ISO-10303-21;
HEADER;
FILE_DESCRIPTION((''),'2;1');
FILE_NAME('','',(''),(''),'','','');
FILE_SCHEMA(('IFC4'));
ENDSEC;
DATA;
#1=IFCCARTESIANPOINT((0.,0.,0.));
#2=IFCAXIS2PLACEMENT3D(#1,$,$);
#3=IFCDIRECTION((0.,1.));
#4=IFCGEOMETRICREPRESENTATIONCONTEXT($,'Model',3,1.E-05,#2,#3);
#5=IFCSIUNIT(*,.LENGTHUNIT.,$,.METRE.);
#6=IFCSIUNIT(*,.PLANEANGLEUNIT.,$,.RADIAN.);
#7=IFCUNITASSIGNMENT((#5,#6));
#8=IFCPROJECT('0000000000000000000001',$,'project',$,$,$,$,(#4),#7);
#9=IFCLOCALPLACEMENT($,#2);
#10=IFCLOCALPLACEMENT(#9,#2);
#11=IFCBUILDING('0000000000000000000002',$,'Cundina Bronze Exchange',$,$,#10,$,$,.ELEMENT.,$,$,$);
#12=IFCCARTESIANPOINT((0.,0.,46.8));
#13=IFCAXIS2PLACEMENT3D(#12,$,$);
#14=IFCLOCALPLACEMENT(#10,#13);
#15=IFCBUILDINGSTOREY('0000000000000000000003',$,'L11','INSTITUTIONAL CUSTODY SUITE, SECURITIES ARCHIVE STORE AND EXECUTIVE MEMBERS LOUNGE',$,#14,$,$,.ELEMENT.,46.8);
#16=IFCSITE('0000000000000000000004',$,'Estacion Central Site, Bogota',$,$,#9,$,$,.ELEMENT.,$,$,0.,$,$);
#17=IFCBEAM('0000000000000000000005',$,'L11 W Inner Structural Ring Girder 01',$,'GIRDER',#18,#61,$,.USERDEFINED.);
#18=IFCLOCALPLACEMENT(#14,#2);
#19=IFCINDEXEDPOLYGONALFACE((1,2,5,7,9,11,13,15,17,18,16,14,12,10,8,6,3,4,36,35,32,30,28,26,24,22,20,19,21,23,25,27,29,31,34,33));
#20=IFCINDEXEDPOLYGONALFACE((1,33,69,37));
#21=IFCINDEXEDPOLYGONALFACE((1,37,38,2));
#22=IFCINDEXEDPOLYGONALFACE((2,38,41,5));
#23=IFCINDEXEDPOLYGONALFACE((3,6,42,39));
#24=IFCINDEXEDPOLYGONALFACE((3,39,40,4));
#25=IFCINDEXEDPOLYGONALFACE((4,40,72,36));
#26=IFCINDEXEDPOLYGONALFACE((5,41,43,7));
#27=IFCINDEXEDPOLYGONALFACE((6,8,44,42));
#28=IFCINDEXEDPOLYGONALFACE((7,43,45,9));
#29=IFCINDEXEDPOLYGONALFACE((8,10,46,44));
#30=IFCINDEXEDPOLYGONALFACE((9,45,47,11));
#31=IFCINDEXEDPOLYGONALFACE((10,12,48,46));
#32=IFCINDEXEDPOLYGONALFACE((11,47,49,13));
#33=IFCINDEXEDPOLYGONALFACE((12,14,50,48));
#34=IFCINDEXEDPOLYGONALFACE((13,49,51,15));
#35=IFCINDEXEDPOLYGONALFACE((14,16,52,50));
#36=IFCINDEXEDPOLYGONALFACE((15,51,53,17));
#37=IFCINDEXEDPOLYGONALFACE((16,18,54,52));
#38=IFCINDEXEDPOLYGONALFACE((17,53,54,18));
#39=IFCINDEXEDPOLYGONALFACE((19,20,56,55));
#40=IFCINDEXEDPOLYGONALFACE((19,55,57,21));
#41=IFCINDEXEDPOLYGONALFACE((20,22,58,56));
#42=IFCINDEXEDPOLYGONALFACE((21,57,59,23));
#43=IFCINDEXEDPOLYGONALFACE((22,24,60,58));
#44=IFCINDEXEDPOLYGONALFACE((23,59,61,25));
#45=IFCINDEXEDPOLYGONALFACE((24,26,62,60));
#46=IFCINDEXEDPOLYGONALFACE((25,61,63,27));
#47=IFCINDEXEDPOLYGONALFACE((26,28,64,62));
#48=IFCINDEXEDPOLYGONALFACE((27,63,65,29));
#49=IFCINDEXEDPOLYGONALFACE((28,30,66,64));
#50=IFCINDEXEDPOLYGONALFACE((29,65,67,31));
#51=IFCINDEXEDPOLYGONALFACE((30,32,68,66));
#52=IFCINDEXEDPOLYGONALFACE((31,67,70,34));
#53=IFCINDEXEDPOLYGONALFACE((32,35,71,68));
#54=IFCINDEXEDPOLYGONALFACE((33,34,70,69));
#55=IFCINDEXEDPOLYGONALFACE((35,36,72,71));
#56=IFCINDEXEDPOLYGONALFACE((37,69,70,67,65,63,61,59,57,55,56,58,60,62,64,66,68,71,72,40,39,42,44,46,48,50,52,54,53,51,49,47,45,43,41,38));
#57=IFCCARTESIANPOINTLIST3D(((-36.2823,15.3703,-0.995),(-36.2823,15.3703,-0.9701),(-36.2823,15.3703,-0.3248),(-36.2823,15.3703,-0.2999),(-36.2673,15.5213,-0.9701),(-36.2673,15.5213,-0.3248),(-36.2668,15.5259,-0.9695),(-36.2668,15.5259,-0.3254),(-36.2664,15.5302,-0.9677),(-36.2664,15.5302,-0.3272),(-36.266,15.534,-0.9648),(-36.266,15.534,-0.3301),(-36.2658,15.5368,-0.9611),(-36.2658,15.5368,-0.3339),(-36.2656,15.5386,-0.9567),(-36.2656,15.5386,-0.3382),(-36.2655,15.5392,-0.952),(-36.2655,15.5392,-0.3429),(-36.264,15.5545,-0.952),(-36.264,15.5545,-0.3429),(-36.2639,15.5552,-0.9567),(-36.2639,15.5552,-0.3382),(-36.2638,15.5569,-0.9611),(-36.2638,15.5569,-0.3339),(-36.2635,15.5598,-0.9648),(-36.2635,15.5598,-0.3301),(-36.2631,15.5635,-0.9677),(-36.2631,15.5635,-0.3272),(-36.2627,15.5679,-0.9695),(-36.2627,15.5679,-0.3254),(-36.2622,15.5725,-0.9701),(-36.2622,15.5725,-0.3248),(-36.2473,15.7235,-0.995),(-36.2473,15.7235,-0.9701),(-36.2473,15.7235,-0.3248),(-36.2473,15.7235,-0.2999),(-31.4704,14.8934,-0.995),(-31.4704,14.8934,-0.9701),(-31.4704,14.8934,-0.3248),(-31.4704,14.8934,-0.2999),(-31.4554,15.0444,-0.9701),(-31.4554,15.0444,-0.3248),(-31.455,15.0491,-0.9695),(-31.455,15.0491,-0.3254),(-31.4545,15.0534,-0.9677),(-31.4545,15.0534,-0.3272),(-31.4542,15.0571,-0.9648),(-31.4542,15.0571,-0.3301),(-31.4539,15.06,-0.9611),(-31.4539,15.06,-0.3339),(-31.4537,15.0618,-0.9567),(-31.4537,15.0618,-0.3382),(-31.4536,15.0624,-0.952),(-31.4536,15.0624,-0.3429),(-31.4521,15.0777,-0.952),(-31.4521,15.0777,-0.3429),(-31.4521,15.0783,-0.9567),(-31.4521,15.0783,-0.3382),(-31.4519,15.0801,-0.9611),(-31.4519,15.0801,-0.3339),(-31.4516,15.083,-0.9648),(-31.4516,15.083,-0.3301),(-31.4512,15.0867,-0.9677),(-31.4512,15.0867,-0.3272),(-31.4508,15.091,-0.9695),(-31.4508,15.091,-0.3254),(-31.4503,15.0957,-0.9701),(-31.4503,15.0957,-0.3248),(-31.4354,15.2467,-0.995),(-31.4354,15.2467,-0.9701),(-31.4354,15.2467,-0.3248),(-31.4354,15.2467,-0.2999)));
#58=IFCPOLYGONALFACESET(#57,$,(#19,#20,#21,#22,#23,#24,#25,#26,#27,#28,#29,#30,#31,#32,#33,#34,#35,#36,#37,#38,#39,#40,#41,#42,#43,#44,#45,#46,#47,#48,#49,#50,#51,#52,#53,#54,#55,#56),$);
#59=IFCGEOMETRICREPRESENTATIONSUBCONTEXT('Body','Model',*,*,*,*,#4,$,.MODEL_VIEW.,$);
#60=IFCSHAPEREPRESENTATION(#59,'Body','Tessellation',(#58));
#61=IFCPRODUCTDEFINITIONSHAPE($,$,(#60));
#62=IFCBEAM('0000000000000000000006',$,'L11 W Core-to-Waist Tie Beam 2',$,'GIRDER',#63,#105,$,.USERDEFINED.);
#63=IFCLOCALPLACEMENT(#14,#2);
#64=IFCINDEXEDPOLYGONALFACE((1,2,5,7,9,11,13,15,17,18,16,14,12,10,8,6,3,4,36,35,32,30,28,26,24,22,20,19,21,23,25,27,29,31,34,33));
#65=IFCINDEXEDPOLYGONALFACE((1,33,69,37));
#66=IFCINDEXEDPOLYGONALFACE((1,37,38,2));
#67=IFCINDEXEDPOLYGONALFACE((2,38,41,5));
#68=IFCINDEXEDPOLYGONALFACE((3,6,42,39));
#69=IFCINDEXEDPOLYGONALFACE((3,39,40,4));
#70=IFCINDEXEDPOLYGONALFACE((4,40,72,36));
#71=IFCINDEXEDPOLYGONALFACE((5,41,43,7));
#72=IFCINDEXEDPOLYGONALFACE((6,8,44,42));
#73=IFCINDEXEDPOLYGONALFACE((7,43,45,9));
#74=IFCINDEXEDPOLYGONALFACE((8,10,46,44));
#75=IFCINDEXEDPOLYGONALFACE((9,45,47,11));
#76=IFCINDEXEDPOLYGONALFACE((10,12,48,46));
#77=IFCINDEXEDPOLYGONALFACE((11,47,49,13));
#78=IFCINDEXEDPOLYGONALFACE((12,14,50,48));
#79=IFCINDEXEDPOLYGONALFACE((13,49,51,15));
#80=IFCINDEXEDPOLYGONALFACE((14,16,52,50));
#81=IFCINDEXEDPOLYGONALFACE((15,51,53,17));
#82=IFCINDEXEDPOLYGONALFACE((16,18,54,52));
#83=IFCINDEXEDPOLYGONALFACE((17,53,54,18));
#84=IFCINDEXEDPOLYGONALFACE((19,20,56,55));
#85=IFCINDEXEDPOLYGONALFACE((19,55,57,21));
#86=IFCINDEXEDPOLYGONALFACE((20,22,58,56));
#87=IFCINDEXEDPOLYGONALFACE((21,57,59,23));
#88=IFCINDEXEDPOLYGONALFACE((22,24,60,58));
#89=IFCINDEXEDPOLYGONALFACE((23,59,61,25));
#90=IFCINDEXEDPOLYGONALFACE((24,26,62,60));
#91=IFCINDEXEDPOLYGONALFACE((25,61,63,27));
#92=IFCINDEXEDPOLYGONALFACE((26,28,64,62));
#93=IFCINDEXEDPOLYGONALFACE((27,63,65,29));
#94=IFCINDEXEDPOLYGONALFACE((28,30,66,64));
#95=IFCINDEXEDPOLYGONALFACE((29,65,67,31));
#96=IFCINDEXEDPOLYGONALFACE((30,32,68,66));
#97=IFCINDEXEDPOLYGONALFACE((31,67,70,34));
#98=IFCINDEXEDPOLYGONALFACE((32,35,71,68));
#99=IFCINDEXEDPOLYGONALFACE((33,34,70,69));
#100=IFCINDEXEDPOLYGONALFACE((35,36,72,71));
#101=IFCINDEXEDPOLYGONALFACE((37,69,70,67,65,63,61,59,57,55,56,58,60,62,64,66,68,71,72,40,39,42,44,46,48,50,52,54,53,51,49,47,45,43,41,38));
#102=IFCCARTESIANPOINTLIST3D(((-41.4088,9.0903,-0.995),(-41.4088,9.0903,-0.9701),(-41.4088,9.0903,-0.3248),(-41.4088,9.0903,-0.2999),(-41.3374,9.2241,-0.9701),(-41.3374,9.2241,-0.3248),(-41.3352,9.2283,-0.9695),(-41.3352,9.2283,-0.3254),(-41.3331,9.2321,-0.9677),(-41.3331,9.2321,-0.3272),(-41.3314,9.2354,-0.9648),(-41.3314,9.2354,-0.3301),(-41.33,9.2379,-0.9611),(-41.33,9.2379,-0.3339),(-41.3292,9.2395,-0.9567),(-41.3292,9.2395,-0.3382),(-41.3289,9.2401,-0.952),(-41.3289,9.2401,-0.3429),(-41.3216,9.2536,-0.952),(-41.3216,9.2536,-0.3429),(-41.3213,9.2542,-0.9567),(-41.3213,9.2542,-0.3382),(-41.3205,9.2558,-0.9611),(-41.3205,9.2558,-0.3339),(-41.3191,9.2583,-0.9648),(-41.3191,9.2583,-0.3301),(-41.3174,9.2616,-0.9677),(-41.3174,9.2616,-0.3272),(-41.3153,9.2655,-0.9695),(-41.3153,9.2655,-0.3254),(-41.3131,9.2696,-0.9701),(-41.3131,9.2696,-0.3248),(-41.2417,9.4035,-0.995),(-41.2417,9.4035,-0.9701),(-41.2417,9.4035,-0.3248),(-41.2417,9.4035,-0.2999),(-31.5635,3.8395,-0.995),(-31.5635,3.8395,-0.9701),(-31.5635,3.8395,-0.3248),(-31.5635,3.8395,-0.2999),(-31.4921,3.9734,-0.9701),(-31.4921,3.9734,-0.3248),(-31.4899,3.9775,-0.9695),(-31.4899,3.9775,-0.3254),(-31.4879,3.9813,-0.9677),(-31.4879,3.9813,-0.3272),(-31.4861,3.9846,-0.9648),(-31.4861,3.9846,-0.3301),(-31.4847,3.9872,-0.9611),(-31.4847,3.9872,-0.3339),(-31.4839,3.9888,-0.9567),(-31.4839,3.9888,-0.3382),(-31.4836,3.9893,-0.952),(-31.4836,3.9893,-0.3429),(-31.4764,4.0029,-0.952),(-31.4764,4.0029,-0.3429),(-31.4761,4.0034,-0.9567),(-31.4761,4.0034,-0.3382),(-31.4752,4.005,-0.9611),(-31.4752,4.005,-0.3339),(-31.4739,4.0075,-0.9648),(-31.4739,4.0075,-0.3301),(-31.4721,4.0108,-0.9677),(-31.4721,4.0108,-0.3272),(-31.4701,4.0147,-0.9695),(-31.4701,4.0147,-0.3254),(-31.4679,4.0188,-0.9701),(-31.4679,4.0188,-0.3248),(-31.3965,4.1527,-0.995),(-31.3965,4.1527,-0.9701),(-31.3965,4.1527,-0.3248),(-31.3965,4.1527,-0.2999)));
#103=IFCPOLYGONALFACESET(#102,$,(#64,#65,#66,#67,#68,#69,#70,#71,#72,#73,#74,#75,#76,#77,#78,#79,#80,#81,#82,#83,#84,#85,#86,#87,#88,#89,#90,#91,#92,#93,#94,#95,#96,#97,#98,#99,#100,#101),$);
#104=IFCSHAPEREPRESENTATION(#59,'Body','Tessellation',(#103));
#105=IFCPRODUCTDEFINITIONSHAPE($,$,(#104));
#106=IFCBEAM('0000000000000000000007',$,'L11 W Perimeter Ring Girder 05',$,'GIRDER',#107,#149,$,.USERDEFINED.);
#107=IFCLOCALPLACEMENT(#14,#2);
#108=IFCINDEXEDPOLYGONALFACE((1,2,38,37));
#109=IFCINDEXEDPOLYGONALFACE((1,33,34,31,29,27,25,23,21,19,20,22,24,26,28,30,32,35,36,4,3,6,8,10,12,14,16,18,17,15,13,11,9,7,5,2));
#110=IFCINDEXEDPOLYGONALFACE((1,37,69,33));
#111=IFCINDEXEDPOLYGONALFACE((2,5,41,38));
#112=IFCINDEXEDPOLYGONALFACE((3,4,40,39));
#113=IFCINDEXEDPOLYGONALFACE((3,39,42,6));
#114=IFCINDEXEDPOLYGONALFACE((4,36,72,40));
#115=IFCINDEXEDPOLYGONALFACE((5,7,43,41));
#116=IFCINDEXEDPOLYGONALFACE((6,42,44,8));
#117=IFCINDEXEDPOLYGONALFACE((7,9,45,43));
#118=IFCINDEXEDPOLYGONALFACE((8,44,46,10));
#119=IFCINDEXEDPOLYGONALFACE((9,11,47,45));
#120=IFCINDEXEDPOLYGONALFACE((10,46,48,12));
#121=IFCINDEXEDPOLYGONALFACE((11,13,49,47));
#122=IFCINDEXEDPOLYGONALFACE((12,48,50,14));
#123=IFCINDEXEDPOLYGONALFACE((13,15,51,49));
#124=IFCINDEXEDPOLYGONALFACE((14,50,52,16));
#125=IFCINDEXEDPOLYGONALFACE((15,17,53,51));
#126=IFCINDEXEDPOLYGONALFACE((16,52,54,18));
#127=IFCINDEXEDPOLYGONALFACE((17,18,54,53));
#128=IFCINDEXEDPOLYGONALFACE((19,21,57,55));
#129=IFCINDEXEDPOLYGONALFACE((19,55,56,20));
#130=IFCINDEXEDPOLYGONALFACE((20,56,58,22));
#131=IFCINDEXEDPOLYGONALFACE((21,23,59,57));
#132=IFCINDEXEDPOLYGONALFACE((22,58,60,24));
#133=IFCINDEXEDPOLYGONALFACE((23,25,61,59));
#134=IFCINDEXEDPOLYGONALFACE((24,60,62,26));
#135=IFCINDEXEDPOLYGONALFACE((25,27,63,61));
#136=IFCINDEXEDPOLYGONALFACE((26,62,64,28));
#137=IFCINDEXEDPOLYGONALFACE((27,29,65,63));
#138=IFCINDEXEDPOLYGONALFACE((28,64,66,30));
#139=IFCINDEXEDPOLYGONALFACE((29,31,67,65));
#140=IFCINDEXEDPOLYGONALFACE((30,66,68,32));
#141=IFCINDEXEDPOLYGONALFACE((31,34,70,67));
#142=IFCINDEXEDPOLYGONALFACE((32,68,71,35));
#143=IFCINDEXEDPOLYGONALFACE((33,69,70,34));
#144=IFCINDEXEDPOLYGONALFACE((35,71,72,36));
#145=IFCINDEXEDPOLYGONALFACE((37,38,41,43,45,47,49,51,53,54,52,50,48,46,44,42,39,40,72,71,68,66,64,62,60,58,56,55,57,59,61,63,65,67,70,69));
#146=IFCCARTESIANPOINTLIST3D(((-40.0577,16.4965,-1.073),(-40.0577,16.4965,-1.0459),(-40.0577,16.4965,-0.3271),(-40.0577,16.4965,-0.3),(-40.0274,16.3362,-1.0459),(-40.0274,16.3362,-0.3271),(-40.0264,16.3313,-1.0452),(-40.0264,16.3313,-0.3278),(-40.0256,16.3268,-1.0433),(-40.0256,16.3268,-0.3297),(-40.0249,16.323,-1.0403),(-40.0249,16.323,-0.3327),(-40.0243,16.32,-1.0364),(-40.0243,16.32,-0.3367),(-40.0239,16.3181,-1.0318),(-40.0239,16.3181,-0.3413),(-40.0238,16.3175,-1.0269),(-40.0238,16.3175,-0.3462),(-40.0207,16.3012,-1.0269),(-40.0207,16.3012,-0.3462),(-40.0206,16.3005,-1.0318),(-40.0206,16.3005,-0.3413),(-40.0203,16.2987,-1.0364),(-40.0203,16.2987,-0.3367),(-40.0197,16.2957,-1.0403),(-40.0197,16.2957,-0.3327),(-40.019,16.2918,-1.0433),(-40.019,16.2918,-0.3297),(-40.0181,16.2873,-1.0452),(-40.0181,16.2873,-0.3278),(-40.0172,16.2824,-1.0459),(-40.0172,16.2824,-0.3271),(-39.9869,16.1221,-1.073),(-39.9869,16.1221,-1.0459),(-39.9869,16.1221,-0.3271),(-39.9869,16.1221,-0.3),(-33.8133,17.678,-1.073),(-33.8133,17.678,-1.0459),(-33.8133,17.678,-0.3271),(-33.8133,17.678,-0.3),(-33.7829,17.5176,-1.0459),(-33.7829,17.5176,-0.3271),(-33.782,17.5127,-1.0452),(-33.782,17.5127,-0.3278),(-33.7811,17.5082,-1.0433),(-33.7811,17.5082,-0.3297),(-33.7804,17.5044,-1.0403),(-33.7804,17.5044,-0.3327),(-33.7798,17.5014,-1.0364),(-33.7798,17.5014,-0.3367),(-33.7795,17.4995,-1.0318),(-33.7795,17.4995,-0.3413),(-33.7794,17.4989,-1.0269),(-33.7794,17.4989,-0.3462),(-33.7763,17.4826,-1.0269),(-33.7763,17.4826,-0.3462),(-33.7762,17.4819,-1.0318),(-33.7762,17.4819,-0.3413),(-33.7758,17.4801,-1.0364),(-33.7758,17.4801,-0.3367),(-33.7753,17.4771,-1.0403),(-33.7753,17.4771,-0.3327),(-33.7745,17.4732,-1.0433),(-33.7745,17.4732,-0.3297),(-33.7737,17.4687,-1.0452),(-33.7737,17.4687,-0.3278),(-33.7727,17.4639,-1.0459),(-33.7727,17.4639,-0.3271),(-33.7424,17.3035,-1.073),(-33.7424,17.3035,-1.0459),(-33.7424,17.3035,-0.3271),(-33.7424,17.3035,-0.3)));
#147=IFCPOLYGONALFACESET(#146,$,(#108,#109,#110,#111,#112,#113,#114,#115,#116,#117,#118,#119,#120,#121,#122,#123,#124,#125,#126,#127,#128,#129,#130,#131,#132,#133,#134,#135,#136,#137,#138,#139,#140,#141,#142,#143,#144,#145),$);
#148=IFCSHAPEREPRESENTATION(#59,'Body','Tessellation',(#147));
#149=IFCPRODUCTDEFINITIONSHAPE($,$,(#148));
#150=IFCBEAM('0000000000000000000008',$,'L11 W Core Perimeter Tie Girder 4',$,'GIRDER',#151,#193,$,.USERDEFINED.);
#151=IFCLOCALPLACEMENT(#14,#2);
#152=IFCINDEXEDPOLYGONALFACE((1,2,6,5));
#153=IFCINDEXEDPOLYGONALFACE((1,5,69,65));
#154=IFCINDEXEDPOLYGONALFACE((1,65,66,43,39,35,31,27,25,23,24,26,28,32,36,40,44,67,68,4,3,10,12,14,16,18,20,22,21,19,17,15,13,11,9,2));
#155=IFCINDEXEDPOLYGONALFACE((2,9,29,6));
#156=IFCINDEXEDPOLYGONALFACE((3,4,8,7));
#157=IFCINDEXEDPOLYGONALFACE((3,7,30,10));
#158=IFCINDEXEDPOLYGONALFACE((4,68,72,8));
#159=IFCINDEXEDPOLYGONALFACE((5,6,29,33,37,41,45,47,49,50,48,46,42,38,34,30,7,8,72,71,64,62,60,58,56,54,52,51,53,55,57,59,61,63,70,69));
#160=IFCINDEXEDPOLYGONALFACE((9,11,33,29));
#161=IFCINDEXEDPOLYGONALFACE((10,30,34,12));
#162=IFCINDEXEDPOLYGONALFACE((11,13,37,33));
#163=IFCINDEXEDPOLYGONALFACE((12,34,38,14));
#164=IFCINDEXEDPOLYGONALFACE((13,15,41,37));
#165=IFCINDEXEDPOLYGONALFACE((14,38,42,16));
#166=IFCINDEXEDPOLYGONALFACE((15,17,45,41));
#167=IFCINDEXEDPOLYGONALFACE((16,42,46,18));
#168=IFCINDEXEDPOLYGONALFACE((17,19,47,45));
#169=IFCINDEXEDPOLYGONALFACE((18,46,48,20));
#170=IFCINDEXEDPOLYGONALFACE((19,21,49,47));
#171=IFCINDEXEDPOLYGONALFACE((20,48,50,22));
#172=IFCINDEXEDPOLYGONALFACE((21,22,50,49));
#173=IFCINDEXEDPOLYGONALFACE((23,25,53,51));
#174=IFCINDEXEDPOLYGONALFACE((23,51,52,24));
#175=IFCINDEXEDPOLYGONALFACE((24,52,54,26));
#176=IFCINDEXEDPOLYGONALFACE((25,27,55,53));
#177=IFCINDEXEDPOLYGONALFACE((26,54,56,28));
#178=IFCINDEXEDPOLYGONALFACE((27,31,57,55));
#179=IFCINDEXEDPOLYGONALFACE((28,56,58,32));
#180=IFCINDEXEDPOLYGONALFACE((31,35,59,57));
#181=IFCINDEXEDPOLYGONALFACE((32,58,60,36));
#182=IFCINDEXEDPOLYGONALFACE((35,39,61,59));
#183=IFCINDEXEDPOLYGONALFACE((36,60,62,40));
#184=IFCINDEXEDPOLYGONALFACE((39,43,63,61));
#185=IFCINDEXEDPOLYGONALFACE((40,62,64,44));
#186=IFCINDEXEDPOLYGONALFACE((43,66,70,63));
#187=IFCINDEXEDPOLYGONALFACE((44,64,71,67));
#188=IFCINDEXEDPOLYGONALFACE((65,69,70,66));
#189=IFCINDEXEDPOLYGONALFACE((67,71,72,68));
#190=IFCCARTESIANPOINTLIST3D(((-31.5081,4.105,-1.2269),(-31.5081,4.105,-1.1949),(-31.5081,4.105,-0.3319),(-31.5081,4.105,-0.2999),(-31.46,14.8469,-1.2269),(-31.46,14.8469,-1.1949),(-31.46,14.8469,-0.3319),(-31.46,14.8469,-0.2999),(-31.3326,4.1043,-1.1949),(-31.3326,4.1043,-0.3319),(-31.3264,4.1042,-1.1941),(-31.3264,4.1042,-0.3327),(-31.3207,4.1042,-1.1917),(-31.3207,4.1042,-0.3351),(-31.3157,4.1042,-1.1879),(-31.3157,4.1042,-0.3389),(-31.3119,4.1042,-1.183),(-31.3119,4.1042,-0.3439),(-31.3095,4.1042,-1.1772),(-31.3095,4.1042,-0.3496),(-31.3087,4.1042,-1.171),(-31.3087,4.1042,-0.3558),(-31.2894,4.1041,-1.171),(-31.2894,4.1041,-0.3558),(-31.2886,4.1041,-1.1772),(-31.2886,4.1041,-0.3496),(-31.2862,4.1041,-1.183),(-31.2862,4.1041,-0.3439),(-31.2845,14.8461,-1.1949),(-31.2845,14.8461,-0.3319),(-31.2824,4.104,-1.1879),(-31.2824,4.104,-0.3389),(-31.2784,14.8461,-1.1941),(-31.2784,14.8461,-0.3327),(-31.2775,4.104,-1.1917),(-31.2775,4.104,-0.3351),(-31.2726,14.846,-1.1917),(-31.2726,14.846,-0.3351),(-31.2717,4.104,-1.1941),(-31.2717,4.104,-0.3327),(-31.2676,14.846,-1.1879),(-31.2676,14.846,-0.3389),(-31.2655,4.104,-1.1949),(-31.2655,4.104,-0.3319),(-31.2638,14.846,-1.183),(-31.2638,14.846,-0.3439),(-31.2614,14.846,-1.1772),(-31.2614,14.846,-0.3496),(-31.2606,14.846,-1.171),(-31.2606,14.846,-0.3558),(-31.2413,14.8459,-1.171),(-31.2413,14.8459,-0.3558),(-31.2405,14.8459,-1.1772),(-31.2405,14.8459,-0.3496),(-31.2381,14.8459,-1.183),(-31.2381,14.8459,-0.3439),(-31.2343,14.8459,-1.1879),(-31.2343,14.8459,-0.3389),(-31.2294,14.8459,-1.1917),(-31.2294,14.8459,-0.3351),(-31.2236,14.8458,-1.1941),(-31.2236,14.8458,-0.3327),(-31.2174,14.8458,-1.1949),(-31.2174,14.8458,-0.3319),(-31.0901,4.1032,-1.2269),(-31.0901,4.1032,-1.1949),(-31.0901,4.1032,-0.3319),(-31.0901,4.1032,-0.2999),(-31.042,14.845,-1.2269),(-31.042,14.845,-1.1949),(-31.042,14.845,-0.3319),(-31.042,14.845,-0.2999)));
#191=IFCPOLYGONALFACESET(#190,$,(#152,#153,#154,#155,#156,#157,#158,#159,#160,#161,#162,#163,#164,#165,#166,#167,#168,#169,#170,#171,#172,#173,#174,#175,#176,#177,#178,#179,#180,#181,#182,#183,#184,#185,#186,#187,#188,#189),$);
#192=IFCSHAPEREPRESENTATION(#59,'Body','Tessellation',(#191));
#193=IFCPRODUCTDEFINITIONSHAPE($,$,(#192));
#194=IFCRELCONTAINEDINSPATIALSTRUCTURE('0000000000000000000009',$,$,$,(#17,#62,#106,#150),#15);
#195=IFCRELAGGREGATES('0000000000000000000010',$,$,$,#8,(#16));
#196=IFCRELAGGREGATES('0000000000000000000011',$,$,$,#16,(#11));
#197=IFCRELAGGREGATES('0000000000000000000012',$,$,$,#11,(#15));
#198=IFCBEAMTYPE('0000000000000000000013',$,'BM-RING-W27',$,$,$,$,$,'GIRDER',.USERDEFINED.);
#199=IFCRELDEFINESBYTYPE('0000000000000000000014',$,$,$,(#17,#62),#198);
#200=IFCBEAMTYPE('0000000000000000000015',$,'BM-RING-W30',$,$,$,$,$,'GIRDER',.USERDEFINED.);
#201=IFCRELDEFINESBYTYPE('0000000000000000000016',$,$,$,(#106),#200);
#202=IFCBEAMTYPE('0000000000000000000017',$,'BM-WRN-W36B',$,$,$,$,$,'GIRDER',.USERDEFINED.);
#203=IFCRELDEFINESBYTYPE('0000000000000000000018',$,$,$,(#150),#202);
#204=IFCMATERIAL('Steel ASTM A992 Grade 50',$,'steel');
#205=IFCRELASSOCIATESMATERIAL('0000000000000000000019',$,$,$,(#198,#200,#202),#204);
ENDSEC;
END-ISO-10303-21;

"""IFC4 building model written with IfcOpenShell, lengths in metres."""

from ifc_helpers import new_model, si_unit, direction, frame, origin, origin_2d, place, context, subcontext, project, spatial, i_section, extrude, material, material_profile, profile_set, type_object, element, save


model = new_model("IFC4")

# Units and contexts
model_context = context("Model", 3, precision=1e-05, world=origin(), true_north=direction((0.0, 1.0)))
body_context = subcontext(model_context, "Body", "Model", "MODEL_VIEW")
ifc_project = project(units=[si_unit("LENGTHUNIT", "METRE"), si_unit("PLANEANGLEUNIT", "RADIAN")], contexts=[model_context])

# Site, building, storey
site_placement = place(None, origin())
site = spatial("IfcSite", under=ifc_project, at=site_placement, Name="Estacion Central Site, Bogota", CompositionType="ELEMENT", RefElevation=0.0)
building_placement = place(site_placement, origin())
building = spatial("IfcBuilding", under=site, at=building_placement, Name="Cundina Bronze Exchange", CompositionType="ELEMENT")
storey_placement = place(building_placement, frame((0.0, 0.0, 46.8)))
storey = spatial("IfcBuildingStorey", under=building, at=storey_placement, Name="L11", Description="INSTITUTIONAL CUSTODY SUITE, SECURITIES ARCHIVE STORE AND EXECUTIVE MEMBERS LOUNGE", CompositionType="ELEMENT", Elevation=46.8)

# Shared definitions
ifc_material_1 = material(Name="Steel ASTM A992 Grade 50", Category="steel")

# Beams
ifc_material_profile_1 = material_profile(ifc_material_1, i_section(OverallWidth=0.355, OverallDepth=0.6951, WebThickness=0.0154, FlangeThickness=0.0249, FilletRadius=0.0181, at=origin_2d()), Name="W27X146", Category="steel")
ifc_profile_set_1 = profile_set([ifc_material_profile_1], Name="Steel ASTM A992 Grade 50")
beam_type_1 = type_object("IfcBeamType", Name="BM-RING-W27", ElementType="GIRDER", PredefinedType="USERDEFINED", material=ifc_profile_set_1)
beam_1_placement = place(storey_placement, frame((-31.4529, 15.0701, -0.6475), z_axis=(-0.995126, 0.098609, 0.0), x_axis=(-0.098609, -0.995126, 0.0)))
element("IfcBeam", 1, at=beam_1_placement, inside=storey, type_object=beam_type_1, Name="L11 W Inner Structural Ring Girder 01", ObjectType="GIRDER", PredefinedType="USERDEFINED", context=body_context, shape_type="SweptSolid", body=[
    extrude(i_section(OverallWidth=0.355, OverallDepth=0.6951, WebThickness=0.0154, FlangeThickness=0.0249, FilletRadius=0.0181, at=origin_2d()), origin(), (0.0, 0.0, 1.0), 4.8354),
])
beam_2_placement = place(storey_placement, frame((-31.48, 3.9961, -0.6475), z_axis=(-0.882355, 0.470585, 0.0), x_axis=(-0.470585, -0.882355, 0.0)))
element("IfcBeam", 2, at=beam_2_placement, inside=storey, type_object=beam_type_1, Name="L11 W Core-to-Waist Tie Beam 2", ObjectType="GIRDER", PredefinedType="USERDEFINED", context=body_context, shape_type="SweptSolid", body=[
    extrude(i_section(OverallWidth=0.355, OverallDepth=0.6951, WebThickness=0.0154, FlangeThickness=0.0249, FilletRadius=0.0181, at=origin_2d()), origin(), (0.0, 0.0, 1.0), 11.158),
])
ifc_material_profile_2 = material_profile(ifc_material_1, i_section(OverallWidth=0.3811, OverallDepth=0.7729, WebThickness=0.0166, FlangeThickness=0.0271, FilletRadius=0.019, at=origin_2d()), Name="W30X173", Category="steel")
ifc_profile_set_2 = profile_set([ifc_material_profile_2], Name="Steel ASTM A992 Grade 50")
beam_type_2 = type_object("IfcBeamType", Name="BM-RING-W30", ElementType="GIRDER", PredefinedType="USERDEFINED", material=ifc_profile_set_2)
beam_3_placement = place(storey_placement, frame((-33.7778, 17.4907, -0.6865), z_axis=(-0.982569, -0.185896, 0.0), x_axis=(0.185896, -0.982569, 0.0)))
element("IfcBeam", 3, at=beam_3_placement, inside=storey, type_object=beam_type_2, Name="L11 W Perimeter Ring Girder 05", ObjectType="GIRDER", PredefinedType="USERDEFINED", context=body_context, shape_type="SweptSolid", body=[
    extrude(i_section(OverallWidth=0.3811, OverallDepth=0.7729, WebThickness=0.0166, FlangeThickness=0.0271, FilletRadius=0.019, at=origin_2d()), origin(), (0.0, 0.0, 1.0), 6.3552),
])
ifc_material_profile_3 = material_profile(ifc_material_1, i_section(OverallWidth=0.418, OverallDepth=0.927, WebThickness=0.0193, FlangeThickness=0.032, FilletRadius=0.0239, at=origin_2d()), Name="W36X231", Category="steel")
ifc_profile_set_3 = profile_set([ifc_material_profile_3], Name="Steel ASTM A992 Grade 50")
beam_type_3 = type_object("IfcBeamType", Name="BM-WRN-W36B", ElementType="GIRDER", PredefinedType="USERDEFINED", material=ifc_profile_set_3)
beam_4_placement = place(storey_placement, frame((-31.251, 14.8459, -0.7634), z_axis=(-0.004477, -0.99999, 0.0), x_axis=(0.99999, -0.004477, 0.0)))
element("IfcBeam", 4, at=beam_4_placement, inside=storey, type_object=beam_type_3, Name="L11 W Core Perimeter Tie Girder 4", ObjectType="GIRDER", PredefinedType="USERDEFINED", context=body_context, shape_type="SweptSolid", body=[
    extrude(i_section(OverallWidth=0.418, OverallDepth=0.927, WebThickness=0.0193, FlangeThickness=0.032, FilletRadius=0.0239, at=origin_2d()), origin(), (0.0, 0.0, 1.0), 10.7419),
])

save(model, "model.ifc")
